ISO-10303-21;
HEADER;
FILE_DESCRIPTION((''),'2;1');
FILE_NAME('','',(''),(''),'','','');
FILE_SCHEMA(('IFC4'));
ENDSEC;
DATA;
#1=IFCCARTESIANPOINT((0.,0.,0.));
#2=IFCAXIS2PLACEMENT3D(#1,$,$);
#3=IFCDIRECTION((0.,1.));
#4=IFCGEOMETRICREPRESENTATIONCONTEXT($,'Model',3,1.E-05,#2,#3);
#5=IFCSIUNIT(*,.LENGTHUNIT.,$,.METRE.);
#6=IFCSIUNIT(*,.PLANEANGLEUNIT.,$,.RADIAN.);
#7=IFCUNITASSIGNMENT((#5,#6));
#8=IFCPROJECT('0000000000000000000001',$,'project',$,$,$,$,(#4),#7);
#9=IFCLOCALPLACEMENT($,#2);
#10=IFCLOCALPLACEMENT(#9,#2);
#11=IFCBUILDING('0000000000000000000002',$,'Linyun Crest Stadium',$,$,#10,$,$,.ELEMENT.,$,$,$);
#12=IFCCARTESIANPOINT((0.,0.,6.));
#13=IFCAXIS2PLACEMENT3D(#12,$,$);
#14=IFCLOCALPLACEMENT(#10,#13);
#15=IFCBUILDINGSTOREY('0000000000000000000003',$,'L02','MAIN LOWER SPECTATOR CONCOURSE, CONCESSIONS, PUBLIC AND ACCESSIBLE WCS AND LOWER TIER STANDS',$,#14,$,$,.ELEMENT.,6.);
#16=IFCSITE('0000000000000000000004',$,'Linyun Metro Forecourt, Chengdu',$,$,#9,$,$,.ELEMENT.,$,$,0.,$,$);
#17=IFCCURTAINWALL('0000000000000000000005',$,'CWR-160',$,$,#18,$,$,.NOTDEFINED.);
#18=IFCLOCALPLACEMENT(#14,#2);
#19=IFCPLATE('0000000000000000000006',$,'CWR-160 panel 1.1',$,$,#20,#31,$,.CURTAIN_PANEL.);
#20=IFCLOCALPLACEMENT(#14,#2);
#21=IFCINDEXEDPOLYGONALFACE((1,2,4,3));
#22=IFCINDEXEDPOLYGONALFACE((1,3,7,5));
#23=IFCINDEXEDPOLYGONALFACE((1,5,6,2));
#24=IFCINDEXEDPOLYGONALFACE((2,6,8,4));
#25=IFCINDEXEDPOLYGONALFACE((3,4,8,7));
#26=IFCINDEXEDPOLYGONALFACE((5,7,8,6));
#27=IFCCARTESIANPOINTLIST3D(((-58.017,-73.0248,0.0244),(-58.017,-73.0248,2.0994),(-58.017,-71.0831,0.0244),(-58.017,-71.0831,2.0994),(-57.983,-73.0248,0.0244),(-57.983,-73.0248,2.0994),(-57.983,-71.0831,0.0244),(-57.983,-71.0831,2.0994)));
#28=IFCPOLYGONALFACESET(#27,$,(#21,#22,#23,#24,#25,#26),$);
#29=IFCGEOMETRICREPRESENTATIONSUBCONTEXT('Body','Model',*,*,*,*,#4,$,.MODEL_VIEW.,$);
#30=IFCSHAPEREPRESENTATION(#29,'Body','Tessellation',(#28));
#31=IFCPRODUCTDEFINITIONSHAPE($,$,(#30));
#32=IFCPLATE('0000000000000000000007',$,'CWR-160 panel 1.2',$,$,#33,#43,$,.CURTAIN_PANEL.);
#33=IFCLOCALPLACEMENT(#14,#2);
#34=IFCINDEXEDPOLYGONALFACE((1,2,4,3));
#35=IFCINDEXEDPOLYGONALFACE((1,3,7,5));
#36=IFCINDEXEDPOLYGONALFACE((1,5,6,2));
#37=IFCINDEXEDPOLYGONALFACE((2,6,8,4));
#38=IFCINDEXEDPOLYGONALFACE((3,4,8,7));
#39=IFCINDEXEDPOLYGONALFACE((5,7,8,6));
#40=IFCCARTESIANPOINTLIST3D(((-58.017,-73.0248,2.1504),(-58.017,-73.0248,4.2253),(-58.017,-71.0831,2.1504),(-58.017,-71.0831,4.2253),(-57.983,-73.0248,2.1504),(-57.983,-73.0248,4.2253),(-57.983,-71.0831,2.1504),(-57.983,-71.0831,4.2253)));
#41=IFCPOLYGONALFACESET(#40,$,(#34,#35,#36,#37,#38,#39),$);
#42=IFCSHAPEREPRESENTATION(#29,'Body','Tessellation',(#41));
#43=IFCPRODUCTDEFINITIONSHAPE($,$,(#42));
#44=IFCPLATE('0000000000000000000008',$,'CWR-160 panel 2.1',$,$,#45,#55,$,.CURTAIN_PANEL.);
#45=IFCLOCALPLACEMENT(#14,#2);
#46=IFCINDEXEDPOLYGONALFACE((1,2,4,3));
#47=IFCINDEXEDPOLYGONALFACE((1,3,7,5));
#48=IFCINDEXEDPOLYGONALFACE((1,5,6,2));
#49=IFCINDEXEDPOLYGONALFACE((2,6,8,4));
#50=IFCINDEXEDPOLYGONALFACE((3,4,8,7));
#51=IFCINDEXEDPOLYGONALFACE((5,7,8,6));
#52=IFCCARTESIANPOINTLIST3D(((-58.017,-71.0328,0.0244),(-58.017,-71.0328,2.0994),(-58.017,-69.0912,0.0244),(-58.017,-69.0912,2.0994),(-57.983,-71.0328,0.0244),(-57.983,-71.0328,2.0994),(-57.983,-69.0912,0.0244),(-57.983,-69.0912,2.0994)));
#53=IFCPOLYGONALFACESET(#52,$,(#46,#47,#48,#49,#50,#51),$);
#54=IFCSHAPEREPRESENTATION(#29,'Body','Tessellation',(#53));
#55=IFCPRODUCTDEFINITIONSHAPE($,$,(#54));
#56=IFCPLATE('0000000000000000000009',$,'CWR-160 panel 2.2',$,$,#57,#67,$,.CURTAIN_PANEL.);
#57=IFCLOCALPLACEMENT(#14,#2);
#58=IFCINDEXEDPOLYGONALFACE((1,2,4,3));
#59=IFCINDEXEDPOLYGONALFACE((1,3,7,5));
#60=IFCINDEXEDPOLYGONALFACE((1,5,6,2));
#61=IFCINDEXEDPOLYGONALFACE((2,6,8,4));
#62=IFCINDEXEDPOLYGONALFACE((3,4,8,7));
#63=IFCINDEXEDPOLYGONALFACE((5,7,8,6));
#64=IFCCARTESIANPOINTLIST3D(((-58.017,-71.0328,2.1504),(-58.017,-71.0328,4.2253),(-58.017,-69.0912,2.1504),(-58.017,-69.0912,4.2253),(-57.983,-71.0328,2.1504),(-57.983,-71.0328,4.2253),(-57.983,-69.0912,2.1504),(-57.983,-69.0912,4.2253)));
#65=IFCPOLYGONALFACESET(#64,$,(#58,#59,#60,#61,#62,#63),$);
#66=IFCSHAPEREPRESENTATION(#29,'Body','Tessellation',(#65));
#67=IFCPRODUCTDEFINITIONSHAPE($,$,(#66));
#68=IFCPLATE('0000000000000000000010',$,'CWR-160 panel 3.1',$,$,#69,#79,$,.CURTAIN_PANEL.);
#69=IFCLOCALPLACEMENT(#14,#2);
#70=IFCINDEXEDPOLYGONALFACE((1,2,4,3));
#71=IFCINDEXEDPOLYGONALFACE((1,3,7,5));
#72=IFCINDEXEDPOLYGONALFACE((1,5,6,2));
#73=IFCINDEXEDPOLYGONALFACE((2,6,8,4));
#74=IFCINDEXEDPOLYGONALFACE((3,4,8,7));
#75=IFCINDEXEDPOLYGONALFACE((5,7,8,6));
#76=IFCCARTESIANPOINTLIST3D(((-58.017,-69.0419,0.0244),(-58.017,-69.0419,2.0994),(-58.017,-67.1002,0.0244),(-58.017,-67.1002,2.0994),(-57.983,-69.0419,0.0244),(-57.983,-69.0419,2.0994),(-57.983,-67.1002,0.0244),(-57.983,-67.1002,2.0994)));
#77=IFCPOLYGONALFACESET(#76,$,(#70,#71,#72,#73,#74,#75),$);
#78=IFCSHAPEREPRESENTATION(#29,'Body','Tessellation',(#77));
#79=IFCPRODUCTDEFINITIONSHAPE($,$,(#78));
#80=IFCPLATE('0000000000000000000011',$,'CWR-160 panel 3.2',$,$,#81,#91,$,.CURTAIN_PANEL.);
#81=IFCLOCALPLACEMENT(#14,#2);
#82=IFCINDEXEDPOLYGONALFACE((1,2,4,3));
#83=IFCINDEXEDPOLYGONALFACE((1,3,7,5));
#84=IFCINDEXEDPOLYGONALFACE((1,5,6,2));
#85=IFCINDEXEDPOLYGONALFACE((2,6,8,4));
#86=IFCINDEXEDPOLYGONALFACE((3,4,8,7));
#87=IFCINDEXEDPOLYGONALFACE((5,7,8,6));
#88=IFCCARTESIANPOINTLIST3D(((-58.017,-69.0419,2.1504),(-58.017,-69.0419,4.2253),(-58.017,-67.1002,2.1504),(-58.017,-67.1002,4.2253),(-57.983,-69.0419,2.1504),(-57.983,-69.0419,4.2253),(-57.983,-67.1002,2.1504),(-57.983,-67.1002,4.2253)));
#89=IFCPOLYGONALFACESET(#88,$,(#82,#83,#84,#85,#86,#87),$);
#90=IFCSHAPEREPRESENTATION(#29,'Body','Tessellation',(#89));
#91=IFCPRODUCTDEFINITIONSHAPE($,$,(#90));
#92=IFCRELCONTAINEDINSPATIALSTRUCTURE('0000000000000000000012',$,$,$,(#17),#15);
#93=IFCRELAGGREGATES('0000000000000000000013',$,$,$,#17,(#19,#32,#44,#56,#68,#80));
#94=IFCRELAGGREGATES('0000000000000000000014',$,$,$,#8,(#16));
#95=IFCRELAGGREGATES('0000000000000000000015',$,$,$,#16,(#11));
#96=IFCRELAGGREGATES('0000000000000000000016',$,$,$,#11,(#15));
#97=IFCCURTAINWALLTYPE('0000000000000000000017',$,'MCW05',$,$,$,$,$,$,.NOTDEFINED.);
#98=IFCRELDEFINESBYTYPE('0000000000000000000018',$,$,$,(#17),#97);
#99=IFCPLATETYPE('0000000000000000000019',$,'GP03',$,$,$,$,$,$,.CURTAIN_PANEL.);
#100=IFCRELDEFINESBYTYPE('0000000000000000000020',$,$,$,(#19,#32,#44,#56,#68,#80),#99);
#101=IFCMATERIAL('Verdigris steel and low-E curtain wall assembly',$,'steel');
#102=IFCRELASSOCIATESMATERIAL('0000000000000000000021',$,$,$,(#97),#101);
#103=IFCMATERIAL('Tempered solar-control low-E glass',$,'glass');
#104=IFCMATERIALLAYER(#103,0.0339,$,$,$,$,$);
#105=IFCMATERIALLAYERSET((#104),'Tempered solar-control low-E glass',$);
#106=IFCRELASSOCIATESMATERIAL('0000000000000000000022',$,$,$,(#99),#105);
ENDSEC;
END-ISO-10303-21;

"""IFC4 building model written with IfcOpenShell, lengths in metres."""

from ifc_helpers import new_model, si_unit, direction, frame, origin, origin_2d, place, context, subcontext, project, spatial, rectangle, extrude, material, layer, layer_set, type_object, element, aggregate, save


model = new_model("IFC4")

# Units and contexts
model_context = context("Model", 3, precision=1e-05, world=origin(), true_north=direction((0.0, 1.0)))
body_context = subcontext(model_context, "Body", "Model", "MODEL_VIEW")
ifc_project = project(units=[si_unit("LENGTHUNIT", "METRE"), si_unit("PLANEANGLEUNIT", "RADIAN")], contexts=[model_context])

# Site, building, storey
site_placement = place(None, origin())
site = spatial("IfcSite", under=ifc_project, at=site_placement, Name="Linyun Metro Forecourt, Chengdu", CompositionType="ELEMENT", RefElevation=0.0)
building_placement = place(site_placement, origin())
building = spatial("IfcBuilding", under=site, at=building_placement, Name="Linyun Crest Stadium", CompositionType="ELEMENT")
storey_placement = place(building_placement, frame((0.0, 0.0, 6.0)))
storey = spatial("IfcBuildingStorey", under=building, at=storey_placement, Name="L02", Description="MAIN LOWER SPECTATOR CONCOURSE, CONCESSIONS, PUBLIC AND ACCESSIBLE WCS AND LOWER TIER STANDS", CompositionType="ELEMENT", Elevation=6.0)

# Curtain wall, plates
ifc_material_1 = material(Name="Verdigris steel and low-E curtain wall assembly", Category="steel")
curtain_wall_type = type_object("IfcCurtainWallType", Name="MCW05", PredefinedType="NOTDEFINED", material=ifc_material_1)
curtain_wall_placement = place(storey_placement, origin())
curtain_wall = element("IfcCurtainWall", 1, at=curtain_wall_placement, inside=storey, type_object=curtain_wall_type, Name="CWR-160", PredefinedType="NOTDEFINED")
ifc_material_2 = material(Name="Tempered solar-control low-E glass", Category="glass")
ifc_layer = layer(ifc_material_2, 0.0339)
ifc_layer_set = layer_set([ifc_layer], Name="Tempered solar-control low-E glass")
plate_type = type_object("IfcPlateType", Name="GP03", PredefinedType="CURTAIN_PANEL", material=ifc_layer_set)
plate_1_placement = place(storey_placement, frame((-58.0, -72.054, 0.0244), z_axis=(0.0, 0.0, 1.0), x_axis=(0.0, 1.0, 0.0)))
plate_1 = element("IfcPlate", 2, at=plate_1_placement, type_object=plate_type, Name="CWR-160 panel 1.1", PredefinedType="CURTAIN_PANEL", context=body_context, shape_type="SweptSolid", body=[
    extrude(rectangle(XDim=1.9417, YDim=0.0339, at=origin_2d()), origin(), (0.0, 0.0, 1.0), 2.075),
])
plate_2_placement = place(storey_placement, frame((-58.0, -72.054, 2.1504), z_axis=(0.0, 0.0, 1.0), x_axis=(0.0, 1.0, 0.0)))
plate_2 = element("IfcPlate", 3, at=plate_2_placement, type_object=plate_type, Name="CWR-160 panel 1.2", PredefinedType="CURTAIN_PANEL", context=body_context, shape_type="SweptSolid", body=[
    extrude(rectangle(XDim=1.9417, YDim=0.0339, at=origin_2d()), origin(), (0.0, 0.0, 1.0), 2.075),
])
plate_3_placement = place(storey_placement, frame((-58.0, -70.062, 0.0244), z_axis=(0.0, 0.0, 1.0), x_axis=(0.0, 1.0, 0.0)))
plate_3 = element("IfcPlate", 4, at=plate_3_placement, type_object=plate_type, Name="CWR-160 panel 2.1", PredefinedType="CURTAIN_PANEL", context=body_context, shape_type="SweptSolid", body=[
    extrude(rectangle(XDim=1.9417, YDim=0.0339, at=origin_2d()), origin(), (0.0, 0.0, 1.0), 2.075),
])
plate_4_placement = place(storey_placement, frame((-58.0, -70.062, 2.1504), z_axis=(0.0, 0.0, 1.0), x_axis=(0.0, 1.0, 0.0)))
plate_4 = element("IfcPlate", 5, at=plate_4_placement, type_object=plate_type, Name="CWR-160 panel 2.2", PredefinedType="CURTAIN_PANEL", context=body_context, shape_type="SweptSolid", body=[
    extrude(rectangle(XDim=1.9417, YDim=0.0339, at=origin_2d()), origin(), (0.0, 0.0, 1.0), 2.075),
])
plate_5_placement = place(storey_placement, frame((-58.0, -68.071, 0.0244), z_axis=(0.0, 0.0, 1.0), x_axis=(0.0, 1.0, 0.0)))
plate_5 = element("IfcPlate", 6, at=plate_5_placement, type_object=plate_type, Name="CWR-160 panel 3.1", PredefinedType="CURTAIN_PANEL", context=body_context, shape_type="SweptSolid", body=[
    extrude(rectangle(XDim=1.9417, YDim=0.0339, at=origin_2d()), origin(), (0.0, 0.0, 1.0), 2.075),
])
plate_6_placement = place(storey_placement, frame((-58.0, -68.071, 2.1504), z_axis=(0.0, 0.0, 1.0), x_axis=(0.0, 1.0, 0.0)))
plate_6 = element("IfcPlate", 7, at=plate_6_placement, type_object=plate_type, Name="CWR-160 panel 3.2", PredefinedType="CURTAIN_PANEL", context=body_context, shape_type="SweptSolid", body=[
    extrude(rectangle(XDim=1.9417, YDim=0.0339, at=origin_2d()), origin(), (0.0, 0.0, 1.0), 2.075),
])
aggregate(curtain_wall, [plate_1, plate_2, plate_3, plate_4, plate_5, plate_6])

save(model, "model.ifc")
